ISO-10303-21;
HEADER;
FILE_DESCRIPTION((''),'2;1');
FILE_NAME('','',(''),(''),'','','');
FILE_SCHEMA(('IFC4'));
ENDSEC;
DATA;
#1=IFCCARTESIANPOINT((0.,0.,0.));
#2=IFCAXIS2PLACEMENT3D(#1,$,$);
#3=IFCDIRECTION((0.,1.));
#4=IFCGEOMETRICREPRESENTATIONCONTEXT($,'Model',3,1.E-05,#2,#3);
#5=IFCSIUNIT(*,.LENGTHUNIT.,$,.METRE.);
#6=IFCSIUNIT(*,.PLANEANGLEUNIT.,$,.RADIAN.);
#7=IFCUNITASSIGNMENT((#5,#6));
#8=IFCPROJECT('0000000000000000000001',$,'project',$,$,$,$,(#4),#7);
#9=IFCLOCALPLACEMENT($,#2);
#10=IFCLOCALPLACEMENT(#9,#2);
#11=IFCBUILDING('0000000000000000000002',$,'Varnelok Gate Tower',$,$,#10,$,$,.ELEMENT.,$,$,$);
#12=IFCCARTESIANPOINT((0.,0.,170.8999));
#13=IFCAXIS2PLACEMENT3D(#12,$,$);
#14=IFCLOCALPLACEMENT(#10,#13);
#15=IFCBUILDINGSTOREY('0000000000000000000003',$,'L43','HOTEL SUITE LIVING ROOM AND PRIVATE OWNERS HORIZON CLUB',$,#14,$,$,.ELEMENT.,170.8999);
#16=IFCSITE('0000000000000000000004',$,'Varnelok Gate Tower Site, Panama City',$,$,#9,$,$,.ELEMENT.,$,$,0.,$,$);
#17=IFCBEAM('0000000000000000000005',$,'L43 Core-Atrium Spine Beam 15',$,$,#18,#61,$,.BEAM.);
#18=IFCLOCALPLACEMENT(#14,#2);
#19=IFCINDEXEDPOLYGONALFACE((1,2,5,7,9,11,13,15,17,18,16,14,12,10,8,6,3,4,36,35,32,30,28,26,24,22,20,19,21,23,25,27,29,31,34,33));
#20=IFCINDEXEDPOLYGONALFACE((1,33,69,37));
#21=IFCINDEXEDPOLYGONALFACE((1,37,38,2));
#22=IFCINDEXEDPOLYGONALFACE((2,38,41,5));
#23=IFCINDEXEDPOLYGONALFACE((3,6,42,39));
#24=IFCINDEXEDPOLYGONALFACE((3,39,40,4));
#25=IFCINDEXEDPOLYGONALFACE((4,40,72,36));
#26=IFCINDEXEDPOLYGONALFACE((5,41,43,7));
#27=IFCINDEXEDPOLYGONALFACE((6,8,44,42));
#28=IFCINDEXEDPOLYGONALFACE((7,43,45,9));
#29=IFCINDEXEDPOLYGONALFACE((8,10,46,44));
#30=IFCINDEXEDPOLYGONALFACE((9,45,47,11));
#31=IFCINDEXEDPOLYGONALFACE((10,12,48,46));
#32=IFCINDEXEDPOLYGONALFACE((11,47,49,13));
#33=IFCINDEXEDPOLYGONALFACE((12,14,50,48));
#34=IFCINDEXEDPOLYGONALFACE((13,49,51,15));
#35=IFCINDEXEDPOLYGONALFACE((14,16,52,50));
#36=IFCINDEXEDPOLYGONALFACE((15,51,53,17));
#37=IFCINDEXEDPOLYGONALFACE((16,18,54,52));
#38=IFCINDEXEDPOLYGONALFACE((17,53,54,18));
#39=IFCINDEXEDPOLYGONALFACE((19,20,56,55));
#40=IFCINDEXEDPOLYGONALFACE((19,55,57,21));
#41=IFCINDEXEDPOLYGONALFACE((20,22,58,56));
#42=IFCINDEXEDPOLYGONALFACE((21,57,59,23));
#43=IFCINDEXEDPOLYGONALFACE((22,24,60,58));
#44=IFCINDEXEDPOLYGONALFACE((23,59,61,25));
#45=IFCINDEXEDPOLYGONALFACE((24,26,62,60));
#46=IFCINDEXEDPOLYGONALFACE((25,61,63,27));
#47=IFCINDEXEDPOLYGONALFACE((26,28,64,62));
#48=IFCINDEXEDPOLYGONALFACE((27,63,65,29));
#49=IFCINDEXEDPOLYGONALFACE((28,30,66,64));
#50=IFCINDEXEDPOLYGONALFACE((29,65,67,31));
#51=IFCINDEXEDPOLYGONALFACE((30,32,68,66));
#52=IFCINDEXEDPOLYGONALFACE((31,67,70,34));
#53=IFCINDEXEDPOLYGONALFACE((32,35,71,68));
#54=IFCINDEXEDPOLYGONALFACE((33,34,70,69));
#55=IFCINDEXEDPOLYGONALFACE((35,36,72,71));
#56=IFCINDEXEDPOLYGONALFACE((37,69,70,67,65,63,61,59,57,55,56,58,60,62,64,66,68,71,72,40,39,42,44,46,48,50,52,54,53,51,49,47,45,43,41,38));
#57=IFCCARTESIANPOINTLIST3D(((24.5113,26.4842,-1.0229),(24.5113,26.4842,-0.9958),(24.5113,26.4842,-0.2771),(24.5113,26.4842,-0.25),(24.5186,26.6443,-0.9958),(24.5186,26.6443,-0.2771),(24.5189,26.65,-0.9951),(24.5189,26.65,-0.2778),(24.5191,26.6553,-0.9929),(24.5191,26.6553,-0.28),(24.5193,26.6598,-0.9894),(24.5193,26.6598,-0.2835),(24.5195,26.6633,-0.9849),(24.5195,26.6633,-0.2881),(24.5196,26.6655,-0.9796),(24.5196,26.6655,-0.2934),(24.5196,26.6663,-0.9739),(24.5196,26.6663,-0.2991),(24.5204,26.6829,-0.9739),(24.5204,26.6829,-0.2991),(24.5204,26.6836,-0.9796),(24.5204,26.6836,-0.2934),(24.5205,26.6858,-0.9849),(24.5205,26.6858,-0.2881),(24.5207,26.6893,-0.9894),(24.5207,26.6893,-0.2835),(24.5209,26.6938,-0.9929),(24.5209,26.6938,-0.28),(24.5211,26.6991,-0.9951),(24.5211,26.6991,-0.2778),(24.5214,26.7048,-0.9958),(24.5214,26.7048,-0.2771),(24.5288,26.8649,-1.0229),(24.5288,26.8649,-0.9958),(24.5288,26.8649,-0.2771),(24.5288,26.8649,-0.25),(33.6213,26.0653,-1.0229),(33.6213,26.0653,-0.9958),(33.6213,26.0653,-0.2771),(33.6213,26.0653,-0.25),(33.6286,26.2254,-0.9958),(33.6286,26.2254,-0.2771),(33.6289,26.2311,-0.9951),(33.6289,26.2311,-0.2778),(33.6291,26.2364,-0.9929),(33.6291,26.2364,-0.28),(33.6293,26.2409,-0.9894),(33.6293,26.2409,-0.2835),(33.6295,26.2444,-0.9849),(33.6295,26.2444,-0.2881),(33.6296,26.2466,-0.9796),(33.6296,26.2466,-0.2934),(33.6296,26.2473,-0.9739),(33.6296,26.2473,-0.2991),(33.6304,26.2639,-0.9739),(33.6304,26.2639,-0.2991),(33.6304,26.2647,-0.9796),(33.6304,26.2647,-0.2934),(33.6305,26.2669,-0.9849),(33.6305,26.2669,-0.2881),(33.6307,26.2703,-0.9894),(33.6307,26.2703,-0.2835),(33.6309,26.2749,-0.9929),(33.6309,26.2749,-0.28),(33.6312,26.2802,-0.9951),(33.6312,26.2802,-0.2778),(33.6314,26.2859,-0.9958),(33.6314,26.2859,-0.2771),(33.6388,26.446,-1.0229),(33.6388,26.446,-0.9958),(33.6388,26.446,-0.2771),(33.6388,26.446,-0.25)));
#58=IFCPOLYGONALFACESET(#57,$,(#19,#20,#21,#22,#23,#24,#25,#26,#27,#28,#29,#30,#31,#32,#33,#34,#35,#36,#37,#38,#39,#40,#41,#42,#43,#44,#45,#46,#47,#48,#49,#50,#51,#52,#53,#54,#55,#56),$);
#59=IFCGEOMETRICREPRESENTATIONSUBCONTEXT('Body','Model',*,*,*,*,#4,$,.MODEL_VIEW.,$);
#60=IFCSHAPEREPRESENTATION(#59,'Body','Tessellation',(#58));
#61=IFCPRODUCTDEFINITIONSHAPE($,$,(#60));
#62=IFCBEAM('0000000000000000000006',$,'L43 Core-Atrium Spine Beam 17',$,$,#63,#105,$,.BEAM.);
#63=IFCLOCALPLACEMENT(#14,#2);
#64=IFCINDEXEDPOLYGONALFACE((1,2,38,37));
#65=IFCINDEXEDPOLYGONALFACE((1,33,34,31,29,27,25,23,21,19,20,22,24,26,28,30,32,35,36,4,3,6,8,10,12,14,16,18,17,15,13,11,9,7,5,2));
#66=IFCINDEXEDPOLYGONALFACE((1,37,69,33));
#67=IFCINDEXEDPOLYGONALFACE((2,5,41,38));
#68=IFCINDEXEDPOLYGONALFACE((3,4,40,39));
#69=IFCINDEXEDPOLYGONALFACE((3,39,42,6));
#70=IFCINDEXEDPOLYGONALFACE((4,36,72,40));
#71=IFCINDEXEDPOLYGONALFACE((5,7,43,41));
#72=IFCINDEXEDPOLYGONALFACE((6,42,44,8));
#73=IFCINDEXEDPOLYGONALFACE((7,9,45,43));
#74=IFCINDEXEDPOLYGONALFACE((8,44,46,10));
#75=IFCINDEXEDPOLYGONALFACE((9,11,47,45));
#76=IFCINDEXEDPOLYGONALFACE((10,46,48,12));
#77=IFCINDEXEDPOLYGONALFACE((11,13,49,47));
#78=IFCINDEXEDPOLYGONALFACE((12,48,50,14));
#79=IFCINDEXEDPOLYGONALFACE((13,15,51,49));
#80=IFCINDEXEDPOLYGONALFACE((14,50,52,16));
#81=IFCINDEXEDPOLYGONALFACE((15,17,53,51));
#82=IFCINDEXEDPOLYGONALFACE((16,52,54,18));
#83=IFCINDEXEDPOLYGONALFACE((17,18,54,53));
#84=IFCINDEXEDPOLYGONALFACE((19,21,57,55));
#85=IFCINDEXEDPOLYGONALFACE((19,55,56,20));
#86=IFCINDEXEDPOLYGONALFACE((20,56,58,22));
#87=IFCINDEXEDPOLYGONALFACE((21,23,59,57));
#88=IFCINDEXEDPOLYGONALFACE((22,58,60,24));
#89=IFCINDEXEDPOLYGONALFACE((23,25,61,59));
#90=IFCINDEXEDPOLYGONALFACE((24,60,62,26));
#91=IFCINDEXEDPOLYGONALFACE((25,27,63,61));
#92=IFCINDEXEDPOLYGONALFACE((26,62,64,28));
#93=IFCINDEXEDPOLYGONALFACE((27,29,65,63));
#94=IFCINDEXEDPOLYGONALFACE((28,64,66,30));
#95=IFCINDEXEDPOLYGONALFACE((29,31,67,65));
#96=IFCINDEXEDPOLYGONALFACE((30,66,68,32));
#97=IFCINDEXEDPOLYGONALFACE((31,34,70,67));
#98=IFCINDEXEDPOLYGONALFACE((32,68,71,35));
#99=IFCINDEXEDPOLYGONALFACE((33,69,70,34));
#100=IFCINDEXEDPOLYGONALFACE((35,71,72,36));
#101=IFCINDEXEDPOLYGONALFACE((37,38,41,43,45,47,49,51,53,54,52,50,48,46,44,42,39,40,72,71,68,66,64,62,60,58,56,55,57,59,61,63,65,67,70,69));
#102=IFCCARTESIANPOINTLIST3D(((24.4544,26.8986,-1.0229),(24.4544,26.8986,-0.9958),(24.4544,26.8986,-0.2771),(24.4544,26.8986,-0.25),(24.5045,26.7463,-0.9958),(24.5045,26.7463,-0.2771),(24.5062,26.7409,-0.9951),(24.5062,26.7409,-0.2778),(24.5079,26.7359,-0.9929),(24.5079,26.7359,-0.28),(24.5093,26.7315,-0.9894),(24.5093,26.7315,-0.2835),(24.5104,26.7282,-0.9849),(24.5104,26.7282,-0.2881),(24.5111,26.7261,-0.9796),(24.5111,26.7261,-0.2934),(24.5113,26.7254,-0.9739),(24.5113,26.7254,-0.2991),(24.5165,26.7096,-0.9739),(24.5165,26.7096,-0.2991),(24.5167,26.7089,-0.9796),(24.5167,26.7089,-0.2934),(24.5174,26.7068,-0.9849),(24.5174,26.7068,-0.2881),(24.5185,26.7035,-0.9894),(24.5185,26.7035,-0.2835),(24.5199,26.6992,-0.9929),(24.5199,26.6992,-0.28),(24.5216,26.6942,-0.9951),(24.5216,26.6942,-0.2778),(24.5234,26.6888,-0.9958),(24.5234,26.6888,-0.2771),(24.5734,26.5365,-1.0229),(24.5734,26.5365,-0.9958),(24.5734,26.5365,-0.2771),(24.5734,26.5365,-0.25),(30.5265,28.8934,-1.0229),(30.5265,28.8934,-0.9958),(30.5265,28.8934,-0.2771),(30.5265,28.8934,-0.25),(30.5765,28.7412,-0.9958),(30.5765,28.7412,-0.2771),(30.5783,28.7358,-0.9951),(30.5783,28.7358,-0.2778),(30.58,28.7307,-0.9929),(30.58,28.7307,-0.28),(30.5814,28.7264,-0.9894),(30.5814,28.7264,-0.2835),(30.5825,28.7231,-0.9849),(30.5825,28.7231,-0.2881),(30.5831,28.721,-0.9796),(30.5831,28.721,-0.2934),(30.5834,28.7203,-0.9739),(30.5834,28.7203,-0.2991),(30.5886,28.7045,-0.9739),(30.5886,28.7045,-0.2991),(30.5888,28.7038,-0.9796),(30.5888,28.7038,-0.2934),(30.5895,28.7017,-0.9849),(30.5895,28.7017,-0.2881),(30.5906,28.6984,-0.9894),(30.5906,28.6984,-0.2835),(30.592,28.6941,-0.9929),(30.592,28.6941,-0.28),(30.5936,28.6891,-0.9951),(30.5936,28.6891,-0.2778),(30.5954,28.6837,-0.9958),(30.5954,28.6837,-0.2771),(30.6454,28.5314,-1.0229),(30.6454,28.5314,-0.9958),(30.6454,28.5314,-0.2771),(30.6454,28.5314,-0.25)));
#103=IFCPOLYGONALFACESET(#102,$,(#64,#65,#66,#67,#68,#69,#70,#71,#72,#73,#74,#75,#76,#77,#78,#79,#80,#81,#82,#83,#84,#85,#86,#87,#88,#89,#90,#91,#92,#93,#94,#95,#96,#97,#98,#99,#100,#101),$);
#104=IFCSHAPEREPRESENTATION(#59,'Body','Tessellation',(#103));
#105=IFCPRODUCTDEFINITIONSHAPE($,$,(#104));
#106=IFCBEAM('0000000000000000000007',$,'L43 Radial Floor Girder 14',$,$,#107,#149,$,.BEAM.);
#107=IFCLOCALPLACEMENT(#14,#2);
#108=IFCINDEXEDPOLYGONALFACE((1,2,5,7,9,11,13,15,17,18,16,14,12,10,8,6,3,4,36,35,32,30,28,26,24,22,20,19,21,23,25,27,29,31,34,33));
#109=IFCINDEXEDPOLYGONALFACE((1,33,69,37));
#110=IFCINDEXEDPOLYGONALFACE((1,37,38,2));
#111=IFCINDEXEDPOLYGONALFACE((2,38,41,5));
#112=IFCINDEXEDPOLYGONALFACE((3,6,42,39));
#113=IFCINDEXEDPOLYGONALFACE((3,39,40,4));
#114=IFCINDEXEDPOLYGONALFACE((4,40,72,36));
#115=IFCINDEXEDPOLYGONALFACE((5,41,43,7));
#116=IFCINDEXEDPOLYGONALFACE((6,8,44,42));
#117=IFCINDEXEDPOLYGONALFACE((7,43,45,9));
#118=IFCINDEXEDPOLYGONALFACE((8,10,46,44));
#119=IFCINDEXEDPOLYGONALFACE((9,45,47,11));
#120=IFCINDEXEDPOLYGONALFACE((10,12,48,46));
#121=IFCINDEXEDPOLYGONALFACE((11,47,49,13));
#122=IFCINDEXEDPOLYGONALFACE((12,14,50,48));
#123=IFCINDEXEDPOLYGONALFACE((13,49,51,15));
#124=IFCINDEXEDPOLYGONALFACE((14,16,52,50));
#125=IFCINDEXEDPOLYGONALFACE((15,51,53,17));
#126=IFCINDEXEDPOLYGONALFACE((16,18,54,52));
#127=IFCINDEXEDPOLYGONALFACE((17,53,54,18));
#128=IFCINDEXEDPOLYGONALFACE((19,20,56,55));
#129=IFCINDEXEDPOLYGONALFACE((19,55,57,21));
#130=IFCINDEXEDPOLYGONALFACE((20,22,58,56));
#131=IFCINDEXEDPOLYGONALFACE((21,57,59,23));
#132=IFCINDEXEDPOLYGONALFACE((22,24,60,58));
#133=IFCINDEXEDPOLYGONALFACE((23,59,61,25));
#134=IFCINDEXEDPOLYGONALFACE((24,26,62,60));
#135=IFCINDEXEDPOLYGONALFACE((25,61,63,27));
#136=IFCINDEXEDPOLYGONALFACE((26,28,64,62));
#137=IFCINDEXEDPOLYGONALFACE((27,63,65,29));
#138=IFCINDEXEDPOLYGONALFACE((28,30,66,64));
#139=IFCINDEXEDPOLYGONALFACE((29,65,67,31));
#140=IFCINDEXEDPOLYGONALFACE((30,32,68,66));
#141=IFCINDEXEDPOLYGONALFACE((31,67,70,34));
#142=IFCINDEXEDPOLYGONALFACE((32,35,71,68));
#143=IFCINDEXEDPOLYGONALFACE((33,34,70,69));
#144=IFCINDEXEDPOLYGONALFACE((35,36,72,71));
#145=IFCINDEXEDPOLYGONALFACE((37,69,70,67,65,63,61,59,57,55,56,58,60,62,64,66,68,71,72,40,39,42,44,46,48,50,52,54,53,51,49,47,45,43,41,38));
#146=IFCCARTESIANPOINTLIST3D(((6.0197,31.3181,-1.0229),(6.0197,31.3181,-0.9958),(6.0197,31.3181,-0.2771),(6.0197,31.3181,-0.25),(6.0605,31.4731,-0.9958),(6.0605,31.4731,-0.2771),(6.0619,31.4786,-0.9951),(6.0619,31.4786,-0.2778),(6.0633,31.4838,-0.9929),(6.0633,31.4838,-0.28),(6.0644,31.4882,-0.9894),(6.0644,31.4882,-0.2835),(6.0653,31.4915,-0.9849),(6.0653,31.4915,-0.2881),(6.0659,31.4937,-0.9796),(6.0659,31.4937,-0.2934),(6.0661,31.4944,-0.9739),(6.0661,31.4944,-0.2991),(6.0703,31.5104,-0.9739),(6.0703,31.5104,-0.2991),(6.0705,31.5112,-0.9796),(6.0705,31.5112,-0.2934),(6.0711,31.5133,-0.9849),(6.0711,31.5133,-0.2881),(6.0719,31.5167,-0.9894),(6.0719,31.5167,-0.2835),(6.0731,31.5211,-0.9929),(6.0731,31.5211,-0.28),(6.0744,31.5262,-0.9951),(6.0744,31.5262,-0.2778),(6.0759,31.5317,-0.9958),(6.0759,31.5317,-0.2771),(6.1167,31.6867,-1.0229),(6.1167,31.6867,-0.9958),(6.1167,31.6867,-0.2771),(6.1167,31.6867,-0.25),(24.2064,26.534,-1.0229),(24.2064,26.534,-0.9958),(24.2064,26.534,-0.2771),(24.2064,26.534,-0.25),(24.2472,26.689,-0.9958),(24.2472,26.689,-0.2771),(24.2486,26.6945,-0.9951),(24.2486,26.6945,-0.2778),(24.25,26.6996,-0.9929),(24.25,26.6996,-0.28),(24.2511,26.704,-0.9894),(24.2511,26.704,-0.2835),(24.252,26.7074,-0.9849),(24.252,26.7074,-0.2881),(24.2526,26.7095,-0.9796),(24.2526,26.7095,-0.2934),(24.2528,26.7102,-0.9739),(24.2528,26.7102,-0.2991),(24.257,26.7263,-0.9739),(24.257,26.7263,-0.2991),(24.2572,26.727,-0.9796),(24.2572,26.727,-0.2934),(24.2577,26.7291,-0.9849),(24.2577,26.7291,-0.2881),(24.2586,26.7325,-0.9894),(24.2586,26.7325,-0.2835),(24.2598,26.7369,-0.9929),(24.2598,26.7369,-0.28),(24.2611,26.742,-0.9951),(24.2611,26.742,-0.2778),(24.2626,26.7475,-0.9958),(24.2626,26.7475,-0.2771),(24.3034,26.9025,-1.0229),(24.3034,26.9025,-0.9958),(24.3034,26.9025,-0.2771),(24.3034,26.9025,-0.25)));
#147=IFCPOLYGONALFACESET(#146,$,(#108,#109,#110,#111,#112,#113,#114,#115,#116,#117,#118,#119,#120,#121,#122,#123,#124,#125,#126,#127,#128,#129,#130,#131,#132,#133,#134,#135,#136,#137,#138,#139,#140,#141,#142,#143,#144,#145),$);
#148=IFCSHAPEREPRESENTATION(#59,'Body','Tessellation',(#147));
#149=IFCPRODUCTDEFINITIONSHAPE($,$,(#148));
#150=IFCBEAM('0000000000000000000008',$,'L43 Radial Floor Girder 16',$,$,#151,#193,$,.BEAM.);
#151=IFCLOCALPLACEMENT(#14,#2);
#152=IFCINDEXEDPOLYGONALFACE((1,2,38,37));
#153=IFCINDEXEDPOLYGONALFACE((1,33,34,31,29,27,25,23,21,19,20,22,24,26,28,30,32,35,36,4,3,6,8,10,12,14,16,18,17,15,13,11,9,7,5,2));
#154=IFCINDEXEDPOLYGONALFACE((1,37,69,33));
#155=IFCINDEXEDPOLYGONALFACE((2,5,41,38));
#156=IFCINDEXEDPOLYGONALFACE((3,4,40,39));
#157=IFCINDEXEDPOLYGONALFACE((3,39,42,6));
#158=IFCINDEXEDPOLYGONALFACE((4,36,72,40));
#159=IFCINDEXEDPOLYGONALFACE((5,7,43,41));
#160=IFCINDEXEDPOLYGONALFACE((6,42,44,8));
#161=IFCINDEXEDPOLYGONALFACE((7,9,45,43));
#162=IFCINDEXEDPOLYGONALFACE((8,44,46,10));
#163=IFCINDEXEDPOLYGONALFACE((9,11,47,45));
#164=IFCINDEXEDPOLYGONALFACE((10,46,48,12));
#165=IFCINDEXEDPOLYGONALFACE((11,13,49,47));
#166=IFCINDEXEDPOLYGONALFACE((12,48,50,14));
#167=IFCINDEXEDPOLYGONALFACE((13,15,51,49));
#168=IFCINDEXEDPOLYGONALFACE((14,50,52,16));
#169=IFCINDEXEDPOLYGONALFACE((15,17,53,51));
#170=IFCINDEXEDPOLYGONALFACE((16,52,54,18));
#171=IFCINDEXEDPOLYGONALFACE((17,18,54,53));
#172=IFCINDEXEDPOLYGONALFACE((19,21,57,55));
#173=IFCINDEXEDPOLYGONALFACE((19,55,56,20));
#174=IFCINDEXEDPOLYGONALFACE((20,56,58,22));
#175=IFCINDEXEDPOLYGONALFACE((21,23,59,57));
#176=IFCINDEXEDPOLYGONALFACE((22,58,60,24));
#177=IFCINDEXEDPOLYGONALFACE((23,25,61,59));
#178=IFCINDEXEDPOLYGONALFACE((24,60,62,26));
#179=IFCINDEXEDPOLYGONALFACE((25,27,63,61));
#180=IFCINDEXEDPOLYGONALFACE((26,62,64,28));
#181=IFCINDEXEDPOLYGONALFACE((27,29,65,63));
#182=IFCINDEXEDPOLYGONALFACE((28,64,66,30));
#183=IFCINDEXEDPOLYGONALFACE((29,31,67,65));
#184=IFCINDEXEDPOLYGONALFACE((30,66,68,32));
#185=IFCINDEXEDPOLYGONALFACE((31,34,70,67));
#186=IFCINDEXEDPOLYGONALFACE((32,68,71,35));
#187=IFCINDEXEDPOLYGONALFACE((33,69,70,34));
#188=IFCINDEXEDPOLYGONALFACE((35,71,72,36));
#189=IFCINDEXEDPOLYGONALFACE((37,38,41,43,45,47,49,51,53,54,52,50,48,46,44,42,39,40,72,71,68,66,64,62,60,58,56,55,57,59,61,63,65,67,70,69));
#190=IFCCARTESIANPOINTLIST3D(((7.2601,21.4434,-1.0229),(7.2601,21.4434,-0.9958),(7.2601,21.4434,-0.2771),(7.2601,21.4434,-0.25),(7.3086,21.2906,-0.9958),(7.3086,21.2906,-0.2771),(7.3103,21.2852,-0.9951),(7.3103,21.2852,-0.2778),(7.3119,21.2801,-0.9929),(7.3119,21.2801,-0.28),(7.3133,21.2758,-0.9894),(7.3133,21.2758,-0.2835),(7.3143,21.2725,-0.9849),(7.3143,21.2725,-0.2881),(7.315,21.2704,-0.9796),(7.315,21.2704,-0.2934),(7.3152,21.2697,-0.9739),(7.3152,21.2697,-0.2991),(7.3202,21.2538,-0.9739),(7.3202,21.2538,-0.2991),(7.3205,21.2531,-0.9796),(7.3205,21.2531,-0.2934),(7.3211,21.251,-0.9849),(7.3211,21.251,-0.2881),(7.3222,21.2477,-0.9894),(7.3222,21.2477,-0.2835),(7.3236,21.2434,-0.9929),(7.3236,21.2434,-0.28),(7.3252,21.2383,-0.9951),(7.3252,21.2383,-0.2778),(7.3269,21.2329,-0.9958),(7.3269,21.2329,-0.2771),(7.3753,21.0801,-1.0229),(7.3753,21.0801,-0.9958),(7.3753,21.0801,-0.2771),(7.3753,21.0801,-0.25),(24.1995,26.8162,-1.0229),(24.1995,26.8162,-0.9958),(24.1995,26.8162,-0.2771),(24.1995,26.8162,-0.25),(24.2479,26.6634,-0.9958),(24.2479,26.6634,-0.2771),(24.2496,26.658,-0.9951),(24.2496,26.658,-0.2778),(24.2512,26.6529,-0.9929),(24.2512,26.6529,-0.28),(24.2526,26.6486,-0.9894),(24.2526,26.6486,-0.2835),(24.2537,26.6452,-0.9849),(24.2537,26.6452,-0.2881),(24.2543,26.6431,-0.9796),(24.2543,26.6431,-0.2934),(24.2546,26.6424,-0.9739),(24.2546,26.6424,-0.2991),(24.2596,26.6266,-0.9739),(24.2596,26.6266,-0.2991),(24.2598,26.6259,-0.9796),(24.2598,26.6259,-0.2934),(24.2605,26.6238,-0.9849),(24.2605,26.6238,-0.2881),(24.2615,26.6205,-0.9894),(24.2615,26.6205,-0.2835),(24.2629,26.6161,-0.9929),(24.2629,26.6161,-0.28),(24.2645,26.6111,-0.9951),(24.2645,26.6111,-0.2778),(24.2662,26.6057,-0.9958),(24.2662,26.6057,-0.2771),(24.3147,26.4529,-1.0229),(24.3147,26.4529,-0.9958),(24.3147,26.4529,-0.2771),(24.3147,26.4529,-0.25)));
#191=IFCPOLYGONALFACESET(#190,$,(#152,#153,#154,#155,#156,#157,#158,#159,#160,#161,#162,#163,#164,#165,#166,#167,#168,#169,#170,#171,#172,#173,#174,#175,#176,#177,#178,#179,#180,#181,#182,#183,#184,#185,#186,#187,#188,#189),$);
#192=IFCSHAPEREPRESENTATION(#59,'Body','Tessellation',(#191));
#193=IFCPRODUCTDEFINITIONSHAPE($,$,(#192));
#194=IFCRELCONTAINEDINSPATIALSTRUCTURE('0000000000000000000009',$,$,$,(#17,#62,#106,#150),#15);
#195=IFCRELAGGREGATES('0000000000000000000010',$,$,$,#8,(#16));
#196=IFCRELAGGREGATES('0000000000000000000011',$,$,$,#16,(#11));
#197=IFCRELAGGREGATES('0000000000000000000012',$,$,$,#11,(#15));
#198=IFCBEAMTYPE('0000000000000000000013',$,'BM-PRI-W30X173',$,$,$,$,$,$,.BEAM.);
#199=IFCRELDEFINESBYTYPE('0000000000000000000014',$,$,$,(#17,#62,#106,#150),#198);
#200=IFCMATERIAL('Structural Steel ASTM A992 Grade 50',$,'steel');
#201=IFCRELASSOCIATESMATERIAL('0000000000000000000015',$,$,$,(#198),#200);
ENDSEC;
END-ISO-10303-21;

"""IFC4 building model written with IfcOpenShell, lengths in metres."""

from ifc_helpers import new_model, si_unit, direction, frame, origin, origin_2d, place, context, subcontext, project, spatial, i_section, extrude, material, material_profile, profile_set, type_object, element, save


model = new_model("IFC4")

# Units and contexts
model_context = context("Model", 3, precision=1e-05, world=origin(), true_north=direction((0.0, 1.0)))
body_context = subcontext(model_context, "Body", "Model", "MODEL_VIEW")
ifc_project = project(units=[si_unit("LENGTHUNIT", "METRE"), si_unit("PLANEANGLEUNIT", "RADIAN")], contexts=[model_context])

# Site, building, storey
site_placement = place(None, origin())
site = spatial("IfcSite", under=ifc_project, at=site_placement, Name="Varnelok Gate Tower Site, Panama City", CompositionType="ELEMENT", RefElevation=0.0)
building_placement = place(site_placement, origin())
building = spatial("IfcBuilding", under=site, at=building_placement, Name="Varnelok Gate Tower", CompositionType="ELEMENT")
storey_placement = place(building_placement, frame((0.0, 0.0, 170.8999)))
storey = spatial("IfcBuildingStorey", under=building, at=storey_placement, Name="L43", Description="HOTEL SUITE LIVING ROOM AND PRIVATE OWNERS HORIZON CLUB", CompositionType="ELEMENT", Elevation=170.8999)

# Shared definitions
ifc_material_1 = material(Name="Structural Steel ASTM A992 Grade 50", Category="steel")

# Beams
ifc_material_profile_1 = material_profile(ifc_material_1, i_section(OverallWidth=0.3811, OverallDepth=0.7729, WebThickness=0.0166, FlangeThickness=0.0271, FilletRadius=0.022, at=origin_2d()), Name="W30X173")
ifc_profile_set_1 = profile_set([ifc_material_profile_1], Name="Structural Steel ASTM A992 Grade 50")
beam_type_1 = type_object("IfcBeamType", Name="BM-PRI-W30X173", PredefinedType="BEAM", material=ifc_profile_set_1)
beam_1_placement = place(storey_placement, frame((24.52, 26.6746, -0.6365), z_axis=(0.998944, -0.045938, 0.0), x_axis=(0.045938, 0.998944, 0.0)))
element("IfcBeam", 1, at=beam_1_placement, inside=storey, type_object=beam_type_1, Name="L43 Core-Atrium Spine Beam 15", PredefinedType="BEAM", context=body_context, shape_type="SweptSolid", body=[
    extrude(i_section(OverallWidth=0.3811, OverallDepth=0.7729, WebThickness=0.0166, FlangeThickness=0.0271, FilletRadius=0.022, at=origin_2d()), origin(), (0.0, 0.0, 1.0), 9.1196),
])
beam_2_placement = place(storey_placement, frame((24.5139, 26.7175, -0.6365), z_axis=(0.950042, 0.312122, 0.0), x_axis=(-0.312122, 0.950042, 0.0)))
element("IfcBeam", 2, at=beam_2_placement, inside=storey, type_object=beam_type_1, Name="L43 Core-Atrium Spine Beam 17", PredefinedType="BEAM", context=body_context, shape_type="SweptSolid", body=[
    extrude(i_section(OverallWidth=0.3811, OverallDepth=0.7729, WebThickness=0.0166, FlangeThickness=0.0271, FilletRadius=0.022, at=origin_2d()), origin(), (0.0, 0.0, 1.0), 6.3914),
])
beam_3_placement = place(storey_placement, frame((24.2549, 26.7183, -0.6365), z_axis=(-0.967098, 0.254403, 0.0), x_axis=(-0.254403, -0.967098, 0.0)))
element("IfcBeam", 3, at=beam_3_placement, inside=storey, type_object=beam_type_1, Name="L43 Radial Floor Girder 14", PredefinedType="BEAM", context=body_context, shape_type="SweptSolid", body=[
    extrude(i_section(OverallWidth=0.3811, OverallDepth=0.7729, WebThickness=0.0166, FlangeThickness=0.0271, FilletRadius=0.022, at=origin_2d()), origin(), (0.0, 0.0, 1.0), 18.8054),
])
beam_4_placement = place(storey_placement, frame((24.2571, 26.6345, -0.6365), z_axis=(-0.953202, -0.302334, 0.0), x_axis=(0.302334, -0.953202, 0.0)))
element("IfcBeam", 4, at=beam_4_placement, inside=storey, type_object=beam_type_1, Name="L43 Radial Floor Girder 16", PredefinedType="BEAM", context=body_context, shape_type="SweptSolid", body=[
    extrude(i_section(OverallWidth=0.3811, OverallDepth=0.7729, WebThickness=0.0166, FlangeThickness=0.0271, FilletRadius=0.022, at=origin_2d()), origin(), (0.0, 0.0, 1.0), 17.771),
])

save(model, "model.ifc")
